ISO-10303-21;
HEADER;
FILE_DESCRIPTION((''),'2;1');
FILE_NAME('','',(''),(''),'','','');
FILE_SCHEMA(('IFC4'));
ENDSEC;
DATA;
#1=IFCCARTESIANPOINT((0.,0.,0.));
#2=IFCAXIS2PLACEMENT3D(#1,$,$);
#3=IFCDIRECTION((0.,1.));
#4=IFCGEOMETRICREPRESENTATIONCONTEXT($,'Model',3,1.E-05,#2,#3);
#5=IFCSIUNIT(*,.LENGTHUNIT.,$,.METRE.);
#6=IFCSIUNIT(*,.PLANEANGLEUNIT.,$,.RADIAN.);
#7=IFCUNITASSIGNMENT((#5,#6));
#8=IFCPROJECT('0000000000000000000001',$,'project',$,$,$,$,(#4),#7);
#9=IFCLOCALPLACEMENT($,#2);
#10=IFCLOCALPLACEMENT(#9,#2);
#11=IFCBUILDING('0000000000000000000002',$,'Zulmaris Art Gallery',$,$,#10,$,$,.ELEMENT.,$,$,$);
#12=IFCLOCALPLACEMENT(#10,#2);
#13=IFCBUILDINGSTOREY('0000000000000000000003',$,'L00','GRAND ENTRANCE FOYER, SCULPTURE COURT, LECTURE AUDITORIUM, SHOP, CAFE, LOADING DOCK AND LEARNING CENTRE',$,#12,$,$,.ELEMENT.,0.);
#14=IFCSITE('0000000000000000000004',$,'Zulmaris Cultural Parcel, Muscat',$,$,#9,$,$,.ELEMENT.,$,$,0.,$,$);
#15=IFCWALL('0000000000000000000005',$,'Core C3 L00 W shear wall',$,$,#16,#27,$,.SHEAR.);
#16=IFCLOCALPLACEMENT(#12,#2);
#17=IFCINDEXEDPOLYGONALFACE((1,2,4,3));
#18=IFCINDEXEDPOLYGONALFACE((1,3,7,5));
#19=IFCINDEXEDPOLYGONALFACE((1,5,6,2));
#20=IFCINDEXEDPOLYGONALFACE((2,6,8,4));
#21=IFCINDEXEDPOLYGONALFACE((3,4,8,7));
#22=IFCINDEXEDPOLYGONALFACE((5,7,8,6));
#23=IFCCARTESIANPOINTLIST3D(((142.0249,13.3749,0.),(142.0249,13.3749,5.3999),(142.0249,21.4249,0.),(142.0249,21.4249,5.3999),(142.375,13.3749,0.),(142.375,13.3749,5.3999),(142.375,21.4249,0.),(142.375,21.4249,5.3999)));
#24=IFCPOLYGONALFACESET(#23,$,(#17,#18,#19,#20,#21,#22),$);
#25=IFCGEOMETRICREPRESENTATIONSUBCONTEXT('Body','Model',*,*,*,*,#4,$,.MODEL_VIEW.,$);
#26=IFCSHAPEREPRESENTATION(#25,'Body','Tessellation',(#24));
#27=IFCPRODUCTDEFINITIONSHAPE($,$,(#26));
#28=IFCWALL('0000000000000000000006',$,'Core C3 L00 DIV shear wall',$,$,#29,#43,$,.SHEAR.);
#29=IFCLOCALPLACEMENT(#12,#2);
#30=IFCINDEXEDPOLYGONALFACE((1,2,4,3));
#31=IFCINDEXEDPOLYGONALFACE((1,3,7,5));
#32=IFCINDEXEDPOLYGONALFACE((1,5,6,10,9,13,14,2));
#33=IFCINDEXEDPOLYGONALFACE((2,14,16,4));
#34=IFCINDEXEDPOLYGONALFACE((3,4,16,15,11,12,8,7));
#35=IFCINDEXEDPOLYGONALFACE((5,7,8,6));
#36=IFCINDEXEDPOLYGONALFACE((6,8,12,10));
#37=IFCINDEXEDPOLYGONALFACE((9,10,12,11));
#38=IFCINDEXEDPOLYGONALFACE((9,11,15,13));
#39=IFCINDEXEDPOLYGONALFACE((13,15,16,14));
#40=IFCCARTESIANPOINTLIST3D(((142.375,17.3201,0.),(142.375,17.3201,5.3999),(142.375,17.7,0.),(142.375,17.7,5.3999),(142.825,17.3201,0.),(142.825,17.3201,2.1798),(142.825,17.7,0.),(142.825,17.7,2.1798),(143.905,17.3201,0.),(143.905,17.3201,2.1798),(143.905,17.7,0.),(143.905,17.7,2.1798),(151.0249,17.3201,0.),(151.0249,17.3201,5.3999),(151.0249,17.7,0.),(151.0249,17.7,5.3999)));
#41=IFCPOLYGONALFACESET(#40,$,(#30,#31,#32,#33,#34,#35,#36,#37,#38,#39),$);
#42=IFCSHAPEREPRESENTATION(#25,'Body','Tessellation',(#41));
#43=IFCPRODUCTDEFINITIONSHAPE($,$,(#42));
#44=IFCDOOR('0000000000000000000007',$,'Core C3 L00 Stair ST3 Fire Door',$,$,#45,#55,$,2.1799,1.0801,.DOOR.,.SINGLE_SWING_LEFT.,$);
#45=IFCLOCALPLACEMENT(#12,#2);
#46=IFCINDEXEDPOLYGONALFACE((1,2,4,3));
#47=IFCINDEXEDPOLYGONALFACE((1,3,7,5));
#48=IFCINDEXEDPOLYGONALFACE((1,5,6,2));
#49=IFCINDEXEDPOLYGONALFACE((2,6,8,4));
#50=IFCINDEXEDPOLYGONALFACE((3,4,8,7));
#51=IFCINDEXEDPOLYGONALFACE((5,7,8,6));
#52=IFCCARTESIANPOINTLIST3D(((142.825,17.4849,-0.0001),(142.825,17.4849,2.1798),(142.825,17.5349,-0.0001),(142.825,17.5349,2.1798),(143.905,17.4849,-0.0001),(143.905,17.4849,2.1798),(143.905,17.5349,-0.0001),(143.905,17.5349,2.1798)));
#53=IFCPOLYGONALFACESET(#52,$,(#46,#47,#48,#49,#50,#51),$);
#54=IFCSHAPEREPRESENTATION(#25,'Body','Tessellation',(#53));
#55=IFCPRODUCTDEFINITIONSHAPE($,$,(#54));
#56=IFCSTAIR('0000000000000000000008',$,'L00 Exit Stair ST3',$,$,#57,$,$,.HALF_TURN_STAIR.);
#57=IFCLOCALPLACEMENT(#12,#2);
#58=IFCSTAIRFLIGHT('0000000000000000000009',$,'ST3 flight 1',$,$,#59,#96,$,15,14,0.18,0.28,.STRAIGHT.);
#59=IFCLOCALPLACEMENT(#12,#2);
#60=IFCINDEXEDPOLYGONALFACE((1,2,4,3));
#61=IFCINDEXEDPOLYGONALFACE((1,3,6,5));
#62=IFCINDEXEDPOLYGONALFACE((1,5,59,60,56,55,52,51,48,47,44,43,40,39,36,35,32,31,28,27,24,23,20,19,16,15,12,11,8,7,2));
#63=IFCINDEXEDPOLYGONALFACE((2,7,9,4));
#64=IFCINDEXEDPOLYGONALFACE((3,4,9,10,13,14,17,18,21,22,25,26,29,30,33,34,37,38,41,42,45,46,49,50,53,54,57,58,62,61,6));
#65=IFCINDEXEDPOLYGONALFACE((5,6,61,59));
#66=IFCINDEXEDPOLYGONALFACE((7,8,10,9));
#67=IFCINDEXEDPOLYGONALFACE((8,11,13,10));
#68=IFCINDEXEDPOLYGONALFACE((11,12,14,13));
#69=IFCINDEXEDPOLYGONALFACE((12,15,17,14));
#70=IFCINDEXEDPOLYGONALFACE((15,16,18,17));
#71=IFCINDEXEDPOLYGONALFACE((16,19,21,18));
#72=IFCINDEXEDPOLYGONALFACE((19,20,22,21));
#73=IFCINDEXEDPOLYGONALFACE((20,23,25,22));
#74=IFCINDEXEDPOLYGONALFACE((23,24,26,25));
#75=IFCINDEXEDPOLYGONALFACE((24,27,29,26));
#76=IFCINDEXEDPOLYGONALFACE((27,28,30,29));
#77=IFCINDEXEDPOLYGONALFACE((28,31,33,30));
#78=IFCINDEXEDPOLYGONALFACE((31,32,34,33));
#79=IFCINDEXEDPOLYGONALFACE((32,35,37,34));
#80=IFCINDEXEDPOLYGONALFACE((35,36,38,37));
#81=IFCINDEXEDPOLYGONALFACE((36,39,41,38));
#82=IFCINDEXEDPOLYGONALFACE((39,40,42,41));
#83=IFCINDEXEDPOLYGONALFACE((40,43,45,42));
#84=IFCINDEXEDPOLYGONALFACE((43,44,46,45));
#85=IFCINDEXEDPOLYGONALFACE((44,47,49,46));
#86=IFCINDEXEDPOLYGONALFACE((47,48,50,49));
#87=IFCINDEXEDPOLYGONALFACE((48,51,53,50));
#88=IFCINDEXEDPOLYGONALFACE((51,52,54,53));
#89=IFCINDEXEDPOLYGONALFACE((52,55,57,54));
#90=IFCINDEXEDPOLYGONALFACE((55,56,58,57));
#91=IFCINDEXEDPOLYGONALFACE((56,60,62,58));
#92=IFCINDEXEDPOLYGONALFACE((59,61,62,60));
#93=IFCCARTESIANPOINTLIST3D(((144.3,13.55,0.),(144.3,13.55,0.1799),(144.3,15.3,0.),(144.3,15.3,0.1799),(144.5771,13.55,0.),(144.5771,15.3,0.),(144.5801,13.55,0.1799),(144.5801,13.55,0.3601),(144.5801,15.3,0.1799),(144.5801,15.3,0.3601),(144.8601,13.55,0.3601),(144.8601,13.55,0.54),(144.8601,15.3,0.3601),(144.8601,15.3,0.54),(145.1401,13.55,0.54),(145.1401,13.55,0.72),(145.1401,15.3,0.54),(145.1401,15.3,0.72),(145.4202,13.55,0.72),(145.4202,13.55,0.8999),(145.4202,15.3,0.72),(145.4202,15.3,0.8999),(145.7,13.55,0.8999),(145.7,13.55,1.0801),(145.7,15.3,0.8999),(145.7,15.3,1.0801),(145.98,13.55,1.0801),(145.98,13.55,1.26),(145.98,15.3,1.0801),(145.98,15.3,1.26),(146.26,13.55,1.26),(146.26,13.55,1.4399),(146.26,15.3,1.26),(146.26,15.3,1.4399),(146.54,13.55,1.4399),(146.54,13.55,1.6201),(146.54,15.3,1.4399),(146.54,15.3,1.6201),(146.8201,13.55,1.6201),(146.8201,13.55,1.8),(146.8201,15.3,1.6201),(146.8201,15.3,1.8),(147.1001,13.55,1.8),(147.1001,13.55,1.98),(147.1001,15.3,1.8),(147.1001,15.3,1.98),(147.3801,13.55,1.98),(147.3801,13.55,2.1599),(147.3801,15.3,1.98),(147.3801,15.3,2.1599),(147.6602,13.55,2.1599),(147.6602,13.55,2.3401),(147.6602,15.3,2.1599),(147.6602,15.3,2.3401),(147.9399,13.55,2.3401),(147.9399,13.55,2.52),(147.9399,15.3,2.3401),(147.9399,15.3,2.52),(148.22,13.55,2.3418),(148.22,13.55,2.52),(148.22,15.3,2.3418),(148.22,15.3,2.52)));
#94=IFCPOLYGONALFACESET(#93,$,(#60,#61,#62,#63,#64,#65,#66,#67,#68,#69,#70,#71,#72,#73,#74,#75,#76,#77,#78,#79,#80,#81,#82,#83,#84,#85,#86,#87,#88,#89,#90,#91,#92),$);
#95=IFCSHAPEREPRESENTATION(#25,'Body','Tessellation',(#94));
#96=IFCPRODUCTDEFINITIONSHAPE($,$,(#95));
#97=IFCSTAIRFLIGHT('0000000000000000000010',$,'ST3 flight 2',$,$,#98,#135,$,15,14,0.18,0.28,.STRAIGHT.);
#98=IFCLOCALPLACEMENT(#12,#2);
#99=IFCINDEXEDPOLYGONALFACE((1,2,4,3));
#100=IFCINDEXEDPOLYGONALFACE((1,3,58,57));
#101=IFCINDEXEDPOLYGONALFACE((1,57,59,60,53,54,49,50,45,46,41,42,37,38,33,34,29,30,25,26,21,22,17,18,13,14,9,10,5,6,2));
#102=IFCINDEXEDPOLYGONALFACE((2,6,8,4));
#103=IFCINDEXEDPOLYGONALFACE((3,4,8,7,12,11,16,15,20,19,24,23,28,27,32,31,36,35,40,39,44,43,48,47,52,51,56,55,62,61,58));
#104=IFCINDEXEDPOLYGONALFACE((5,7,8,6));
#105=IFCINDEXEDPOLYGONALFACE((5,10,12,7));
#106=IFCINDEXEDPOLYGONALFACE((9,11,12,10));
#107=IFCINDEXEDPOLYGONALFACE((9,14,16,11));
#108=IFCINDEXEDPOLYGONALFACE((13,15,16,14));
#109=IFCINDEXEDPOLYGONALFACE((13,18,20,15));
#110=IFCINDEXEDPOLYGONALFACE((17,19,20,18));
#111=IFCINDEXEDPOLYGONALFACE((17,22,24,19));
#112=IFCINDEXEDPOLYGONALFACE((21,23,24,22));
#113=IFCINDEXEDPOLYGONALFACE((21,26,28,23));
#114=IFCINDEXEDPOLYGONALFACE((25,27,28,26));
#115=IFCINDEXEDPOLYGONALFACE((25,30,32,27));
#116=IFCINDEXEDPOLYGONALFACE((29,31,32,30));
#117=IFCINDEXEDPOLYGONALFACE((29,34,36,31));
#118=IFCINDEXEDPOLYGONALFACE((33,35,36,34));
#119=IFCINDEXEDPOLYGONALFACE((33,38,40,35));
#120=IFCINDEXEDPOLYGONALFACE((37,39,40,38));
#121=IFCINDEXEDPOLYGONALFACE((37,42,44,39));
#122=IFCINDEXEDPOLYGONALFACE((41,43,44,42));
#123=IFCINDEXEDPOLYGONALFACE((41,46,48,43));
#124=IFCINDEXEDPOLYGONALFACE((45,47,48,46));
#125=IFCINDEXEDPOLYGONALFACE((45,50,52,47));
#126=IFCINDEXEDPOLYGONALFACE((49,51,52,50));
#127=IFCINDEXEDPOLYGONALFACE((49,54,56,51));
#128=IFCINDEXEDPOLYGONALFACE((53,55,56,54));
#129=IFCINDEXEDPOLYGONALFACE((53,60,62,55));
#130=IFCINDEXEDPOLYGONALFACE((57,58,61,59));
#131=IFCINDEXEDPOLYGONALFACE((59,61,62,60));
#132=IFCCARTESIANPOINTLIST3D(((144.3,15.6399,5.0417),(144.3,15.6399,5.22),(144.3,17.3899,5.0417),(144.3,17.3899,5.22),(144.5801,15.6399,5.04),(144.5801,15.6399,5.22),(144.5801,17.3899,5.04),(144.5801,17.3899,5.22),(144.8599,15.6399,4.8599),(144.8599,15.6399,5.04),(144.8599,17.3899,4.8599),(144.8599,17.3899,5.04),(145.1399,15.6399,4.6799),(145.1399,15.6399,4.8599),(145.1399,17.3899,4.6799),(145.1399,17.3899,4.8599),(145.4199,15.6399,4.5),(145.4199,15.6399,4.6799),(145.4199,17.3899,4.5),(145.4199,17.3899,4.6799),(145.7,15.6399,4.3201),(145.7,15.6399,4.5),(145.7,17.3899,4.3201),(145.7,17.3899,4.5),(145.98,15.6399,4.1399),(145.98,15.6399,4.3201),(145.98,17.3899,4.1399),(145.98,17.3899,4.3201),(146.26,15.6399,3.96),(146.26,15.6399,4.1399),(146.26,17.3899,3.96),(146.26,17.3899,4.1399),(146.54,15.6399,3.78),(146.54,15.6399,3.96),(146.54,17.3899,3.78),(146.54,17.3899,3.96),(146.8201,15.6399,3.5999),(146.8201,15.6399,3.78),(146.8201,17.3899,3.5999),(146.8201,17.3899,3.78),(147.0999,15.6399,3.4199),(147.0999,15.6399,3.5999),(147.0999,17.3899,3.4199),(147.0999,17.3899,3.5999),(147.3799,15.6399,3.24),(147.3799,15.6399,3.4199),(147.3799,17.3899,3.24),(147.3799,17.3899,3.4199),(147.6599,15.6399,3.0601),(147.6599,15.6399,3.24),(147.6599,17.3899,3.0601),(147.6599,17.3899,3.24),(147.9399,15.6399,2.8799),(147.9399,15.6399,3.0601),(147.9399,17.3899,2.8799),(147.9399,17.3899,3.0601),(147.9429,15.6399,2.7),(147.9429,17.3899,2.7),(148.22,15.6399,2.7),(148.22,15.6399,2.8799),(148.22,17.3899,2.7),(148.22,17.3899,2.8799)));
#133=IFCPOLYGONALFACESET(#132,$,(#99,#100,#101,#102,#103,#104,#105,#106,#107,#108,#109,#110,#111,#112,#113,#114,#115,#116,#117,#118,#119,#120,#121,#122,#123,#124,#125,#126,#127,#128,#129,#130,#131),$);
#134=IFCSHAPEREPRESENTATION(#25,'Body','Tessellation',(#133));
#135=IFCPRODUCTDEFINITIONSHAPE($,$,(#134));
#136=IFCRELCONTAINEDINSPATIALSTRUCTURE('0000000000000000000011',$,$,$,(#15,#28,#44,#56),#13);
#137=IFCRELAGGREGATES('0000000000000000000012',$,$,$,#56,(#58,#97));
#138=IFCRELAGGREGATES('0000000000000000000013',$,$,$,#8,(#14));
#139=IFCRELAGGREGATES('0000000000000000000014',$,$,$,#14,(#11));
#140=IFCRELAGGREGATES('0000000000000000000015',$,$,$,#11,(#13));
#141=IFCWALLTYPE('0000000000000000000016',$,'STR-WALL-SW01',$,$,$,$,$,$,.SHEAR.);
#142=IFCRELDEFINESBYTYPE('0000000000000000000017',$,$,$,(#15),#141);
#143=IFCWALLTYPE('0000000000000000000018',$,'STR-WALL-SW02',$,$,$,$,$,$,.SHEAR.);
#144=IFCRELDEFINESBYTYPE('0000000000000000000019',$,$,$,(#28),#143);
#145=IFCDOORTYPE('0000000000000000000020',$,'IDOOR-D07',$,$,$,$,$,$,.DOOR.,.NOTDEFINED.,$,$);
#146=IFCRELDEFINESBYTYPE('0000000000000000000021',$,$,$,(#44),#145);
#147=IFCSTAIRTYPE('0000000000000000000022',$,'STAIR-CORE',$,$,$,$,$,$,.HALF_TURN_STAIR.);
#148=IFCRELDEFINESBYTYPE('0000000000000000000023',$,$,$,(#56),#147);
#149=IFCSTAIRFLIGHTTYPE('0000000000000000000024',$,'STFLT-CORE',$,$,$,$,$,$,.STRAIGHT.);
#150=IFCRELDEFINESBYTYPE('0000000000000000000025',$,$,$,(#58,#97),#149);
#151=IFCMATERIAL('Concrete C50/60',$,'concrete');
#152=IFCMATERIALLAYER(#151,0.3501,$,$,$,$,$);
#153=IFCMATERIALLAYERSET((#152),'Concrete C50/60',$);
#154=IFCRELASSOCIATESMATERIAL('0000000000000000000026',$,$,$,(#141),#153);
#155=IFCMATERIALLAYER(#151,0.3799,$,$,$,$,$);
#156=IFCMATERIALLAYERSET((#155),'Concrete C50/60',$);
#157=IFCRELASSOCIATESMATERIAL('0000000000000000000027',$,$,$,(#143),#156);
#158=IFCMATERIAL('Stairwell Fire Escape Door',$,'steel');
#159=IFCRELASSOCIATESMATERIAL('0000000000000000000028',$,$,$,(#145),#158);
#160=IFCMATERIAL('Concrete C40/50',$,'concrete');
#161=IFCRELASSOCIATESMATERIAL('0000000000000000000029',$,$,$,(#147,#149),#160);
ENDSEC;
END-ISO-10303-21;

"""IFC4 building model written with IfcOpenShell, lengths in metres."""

from ifc_helpers import new_model, si_unit, direction, frame, frame_2d, origin, place, context, subcontext, project, spatial, polyline, rectangle, outline, extrude, material, layer, layer_set, type_object, element, fill, aggregate, save


model = new_model("IFC4")

# Units and contexts
model_context = context("Model", 3, precision=1e-05, world=origin(), true_north=direction((0.0, 1.0)))
body_context = subcontext(model_context, "Body", "Model", "MODEL_VIEW")
ifc_project = project(units=[si_unit("LENGTHUNIT", "METRE"), si_unit("PLANEANGLEUNIT", "RADIAN")], contexts=[model_context])

# Site, building, storey
site_placement = place(None, origin())
site = spatial("IfcSite", under=ifc_project, at=site_placement, Name="Zulmaris Cultural Parcel, Muscat", CompositionType="ELEMENT", RefElevation=0.0)
building_placement = place(site_placement, origin())
building = spatial("IfcBuilding", under=site, at=building_placement, Name="Zulmaris Art Gallery", CompositionType="ELEMENT")
storey_placement = place(building_placement, origin())
storey = spatial("IfcBuildingStorey", under=building, at=storey_placement, Name="L00", Description="GRAND ENTRANCE FOYER, SCULPTURE COURT, LECTURE AUDITORIUM, SHOP, CAFE, LOADING DOCK AND LEARNING CENTRE", CompositionType="ELEMENT", Elevation=0.0)

# Shared definitions
ifc_material_1 = material(Name="Concrete C50/60", Category="concrete")

# Shared definitions
ifc_material_2 = material(Name="Concrete C40/50", Category="concrete")

# Shared definitions
ifc_layer_1 = layer(ifc_material_1, 0.3501)
ifc_layer_set_1 = layer_set([ifc_layer_1], Name="Concrete C50/60")
wall_type_1 = type_object("IfcWallType", Name="STR-WALL-SW01", PredefinedType="SHEAR", material=ifc_layer_set_1)

# Wall
wall_1_placement = place(storey_placement, frame((142.2, 13.375, 0.0), z_axis=(0.0, 0.0, 1.0), x_axis=(0.0, 1.0, 0.0)))
element("IfcWall", 1, at=wall_1_placement, inside=storey, type_object=wall_type_1, Name="Core C3 L00 W shear wall", PredefinedType="SHEAR", context=body_context, shape_type="SweptSolid", body=[
    extrude(rectangle(XDim=8.05, YDim=0.3501, at=frame_2d((4.0249, 0.0))), origin(), (0.0, 0.0, 1.0), 5.3999),
])

# Wall, opening, door
ifc_layer_2 = layer(ifc_material_1, 0.3799)
ifc_layer_set_2 = layer_set([ifc_layer_2], Name="Concrete C50/60")
wall_type_2 = type_object("IfcWallType", Name="STR-WALL-SW02", PredefinedType="SHEAR", material=ifc_layer_set_2)
wall_2_placement = place(storey_placement, frame((142.375, 17.51, 0.0), z_axis=(0.0, 0.0, 1.0), x_axis=(1.0, 0.0, 0.0)))
wall_2 = element("IfcWall", 2, at=wall_2_placement, inside=storey, type_object=wall_type_2, Name="Core C3 L00 DIV shear wall", PredefinedType="SHEAR", context=body_context, shape_type="SweptSolid", body=[
    extrude(rectangle(XDim=8.6499, YDim=0.3799, at=frame_2d((4.325, 0.0))), origin(), (0.0, 0.0, 1.0), 5.3999),
])
opening_1_placement = place(wall_2_placement, frame((0.45, 0.0, 0.0)))
opening_1 = element("IfcOpeningElement", 3, at=opening_1_placement, cuts=wall_2, PredefinedType="OPENING", context=body_context, shape_type="SweptSolid", body=[
    extrude(rectangle(XDim=1.0801, YDim=2.1799, at=frame_2d((0.54, 1.0898))), frame((0.0, 0.2, 0.0), z_axis=(0.0, -1.0, 0.0), x_axis=(1.0, 0.0, 0.0)), (0.0, 0.0, 1.0), 0.3999),
])
ifc_material_3 = material(Name="Stairwell Fire Escape Door", Category="steel")
door_type_1 = type_object("IfcDoorType", Name="IDOOR-D07", OperationType="NOTDEFINED", PredefinedType="DOOR", material=ifc_material_3)
door_1_placement = place(opening_1_placement, origin())
door_1 = element("IfcDoor", 4, at=door_1_placement, inside=storey, type_object=door_type_1, Name="Core C3 L00 Stair ST3 Fire Door", OperationType="SINGLE_SWING_LEFT", OverallHeight=2.1799, OverallWidth=1.0801, PredefinedType="DOOR", context=body_context, shape_type="SweptSolid", body=[
    extrude(rectangle(XDim=1.0801, YDim=2.1799, at=frame_2d((0.54, 1.0898))), frame((0.0, 0.0249, 0.0), z_axis=(0.0, -1.0, 0.0), x_axis=(1.0, 0.0, 0.0)), (0.0, 0.0, 1.0), 0.05),
])
fill(opening_1, door_1)

# Stair, stair flights
stair_type = type_object("IfcStairType", Name="STAIR-CORE", PredefinedType="HALF_TURN_STAIR", material=ifc_material_2)
stair_placement = place(storey_placement, origin())
stair = element("IfcStair", 5, at=stair_placement, inside=storey, type_object=stair_type, Name="L00 Exit Stair ST3", PredefinedType="HALF_TURN_STAIR")
stair_flight_type = type_object("IfcStairFlightType", Name="STFLT-CORE", PredefinedType="STRAIGHT", material=ifc_material_2)
stair_flight_1_placement = place(storey_placement, frame((144.3, 14.425, 0.0), z_axis=(0.0, 0.0, 1.0), x_axis=(1.0, 0.0, 0.0)))
stair_flight_1 = element("IfcStairFlight", 6, at=stair_flight_1_placement, type_object=stair_flight_type, Name="ST3 flight 1", NumberOfRisers=15, NumberOfTreads=14, PredefinedType="STRAIGHT", RiserHeight=0.18, TreadLength=0.28, context=body_context, shape_type="SweptSolid", body=[
    extrude(outline(polyline([(0.0, 0.0), (0.0, 0.1799), (0.28, 0.1799), (0.28, 0.3601), (0.5601, 0.3601), (0.5601, 0.54), (0.8401, 0.54), (0.8401, 0.72), (1.1201, 0.72), (1.1201, 0.8999), (1.3999, 0.8999), (1.3999, 1.0801), (1.6799, 1.0801), (1.6799, 1.26), (1.96, 1.26), (1.96, 1.4399), (2.24, 1.4399), (2.24, 1.6201), (2.52, 1.6201), (2.52, 1.8), (2.8, 1.8), (2.8, 1.98), (3.0801, 1.98), (3.0801, 2.1599), (3.3601, 2.1599), (3.3601, 2.3401), (3.6399, 2.3401), (3.6399, 2.52), (3.9199, 2.52), (3.9199, 2.7), (3.9199, 2.3418), (0.2771, 0.0), (0.0, 0.0)])), frame((0.0, 0.875, 0.0), z_axis=(0.0, -1.0, 0.0), x_axis=(1.0, 0.0, 0.0)), (0.0, 0.0, 1.0), 1.75),
])
stair_flight_2_placement = place(storey_placement, frame((148.22, 16.5149, 2.7), z_axis=(0.0, 0.0, 1.0), x_axis=(-1.0, 0.0, 0.0)))
stair_flight_2 = element("IfcStairFlight", 7, at=stair_flight_2_placement, type_object=stair_flight_type, Name="ST3 flight 2", NumberOfRisers=15, NumberOfTreads=14, PredefinedType="STRAIGHT", RiserHeight=0.18, TreadLength=0.28, context=body_context, shape_type="SweptSolid", body=[
    extrude(outline(polyline([(0.0, 0.0), (0.0, 0.1799), (0.28, 0.1799), (0.28, 0.3601), (0.5601, 0.3601), (0.5601, 0.54), (0.8401, 0.54), (0.8401, 0.72), (1.1201, 0.72), (1.1201, 0.8999), (1.3999, 0.8999), (1.3999, 1.0801), (1.6799, 1.0801), (1.6799, 1.26), (1.96, 1.26), (1.96, 1.4399), (2.24, 1.4399), (2.24, 1.6201), (2.52, 1.6201), (2.52, 1.8), (2.8, 1.8), (2.8, 1.98), (3.0801, 1.98), (3.0801, 2.1599), (3.3601, 2.1599), (3.3601, 2.3401), (3.6399, 2.3401), (3.6399, 2.52), (3.9199, 2.52), (3.9199, 2.7), (3.9199, 2.3418), (0.2771, 0.0), (0.0, 0.0)])), frame((0.0, 0.875, 0.0), z_axis=(0.0, -1.0, 0.0), x_axis=(1.0, 0.0, 0.0)), (0.0, 0.0, 1.0), 1.75),
])
aggregate(stair, [stair_flight_1, stair_flight_2])

save(model, "model.ifc")
